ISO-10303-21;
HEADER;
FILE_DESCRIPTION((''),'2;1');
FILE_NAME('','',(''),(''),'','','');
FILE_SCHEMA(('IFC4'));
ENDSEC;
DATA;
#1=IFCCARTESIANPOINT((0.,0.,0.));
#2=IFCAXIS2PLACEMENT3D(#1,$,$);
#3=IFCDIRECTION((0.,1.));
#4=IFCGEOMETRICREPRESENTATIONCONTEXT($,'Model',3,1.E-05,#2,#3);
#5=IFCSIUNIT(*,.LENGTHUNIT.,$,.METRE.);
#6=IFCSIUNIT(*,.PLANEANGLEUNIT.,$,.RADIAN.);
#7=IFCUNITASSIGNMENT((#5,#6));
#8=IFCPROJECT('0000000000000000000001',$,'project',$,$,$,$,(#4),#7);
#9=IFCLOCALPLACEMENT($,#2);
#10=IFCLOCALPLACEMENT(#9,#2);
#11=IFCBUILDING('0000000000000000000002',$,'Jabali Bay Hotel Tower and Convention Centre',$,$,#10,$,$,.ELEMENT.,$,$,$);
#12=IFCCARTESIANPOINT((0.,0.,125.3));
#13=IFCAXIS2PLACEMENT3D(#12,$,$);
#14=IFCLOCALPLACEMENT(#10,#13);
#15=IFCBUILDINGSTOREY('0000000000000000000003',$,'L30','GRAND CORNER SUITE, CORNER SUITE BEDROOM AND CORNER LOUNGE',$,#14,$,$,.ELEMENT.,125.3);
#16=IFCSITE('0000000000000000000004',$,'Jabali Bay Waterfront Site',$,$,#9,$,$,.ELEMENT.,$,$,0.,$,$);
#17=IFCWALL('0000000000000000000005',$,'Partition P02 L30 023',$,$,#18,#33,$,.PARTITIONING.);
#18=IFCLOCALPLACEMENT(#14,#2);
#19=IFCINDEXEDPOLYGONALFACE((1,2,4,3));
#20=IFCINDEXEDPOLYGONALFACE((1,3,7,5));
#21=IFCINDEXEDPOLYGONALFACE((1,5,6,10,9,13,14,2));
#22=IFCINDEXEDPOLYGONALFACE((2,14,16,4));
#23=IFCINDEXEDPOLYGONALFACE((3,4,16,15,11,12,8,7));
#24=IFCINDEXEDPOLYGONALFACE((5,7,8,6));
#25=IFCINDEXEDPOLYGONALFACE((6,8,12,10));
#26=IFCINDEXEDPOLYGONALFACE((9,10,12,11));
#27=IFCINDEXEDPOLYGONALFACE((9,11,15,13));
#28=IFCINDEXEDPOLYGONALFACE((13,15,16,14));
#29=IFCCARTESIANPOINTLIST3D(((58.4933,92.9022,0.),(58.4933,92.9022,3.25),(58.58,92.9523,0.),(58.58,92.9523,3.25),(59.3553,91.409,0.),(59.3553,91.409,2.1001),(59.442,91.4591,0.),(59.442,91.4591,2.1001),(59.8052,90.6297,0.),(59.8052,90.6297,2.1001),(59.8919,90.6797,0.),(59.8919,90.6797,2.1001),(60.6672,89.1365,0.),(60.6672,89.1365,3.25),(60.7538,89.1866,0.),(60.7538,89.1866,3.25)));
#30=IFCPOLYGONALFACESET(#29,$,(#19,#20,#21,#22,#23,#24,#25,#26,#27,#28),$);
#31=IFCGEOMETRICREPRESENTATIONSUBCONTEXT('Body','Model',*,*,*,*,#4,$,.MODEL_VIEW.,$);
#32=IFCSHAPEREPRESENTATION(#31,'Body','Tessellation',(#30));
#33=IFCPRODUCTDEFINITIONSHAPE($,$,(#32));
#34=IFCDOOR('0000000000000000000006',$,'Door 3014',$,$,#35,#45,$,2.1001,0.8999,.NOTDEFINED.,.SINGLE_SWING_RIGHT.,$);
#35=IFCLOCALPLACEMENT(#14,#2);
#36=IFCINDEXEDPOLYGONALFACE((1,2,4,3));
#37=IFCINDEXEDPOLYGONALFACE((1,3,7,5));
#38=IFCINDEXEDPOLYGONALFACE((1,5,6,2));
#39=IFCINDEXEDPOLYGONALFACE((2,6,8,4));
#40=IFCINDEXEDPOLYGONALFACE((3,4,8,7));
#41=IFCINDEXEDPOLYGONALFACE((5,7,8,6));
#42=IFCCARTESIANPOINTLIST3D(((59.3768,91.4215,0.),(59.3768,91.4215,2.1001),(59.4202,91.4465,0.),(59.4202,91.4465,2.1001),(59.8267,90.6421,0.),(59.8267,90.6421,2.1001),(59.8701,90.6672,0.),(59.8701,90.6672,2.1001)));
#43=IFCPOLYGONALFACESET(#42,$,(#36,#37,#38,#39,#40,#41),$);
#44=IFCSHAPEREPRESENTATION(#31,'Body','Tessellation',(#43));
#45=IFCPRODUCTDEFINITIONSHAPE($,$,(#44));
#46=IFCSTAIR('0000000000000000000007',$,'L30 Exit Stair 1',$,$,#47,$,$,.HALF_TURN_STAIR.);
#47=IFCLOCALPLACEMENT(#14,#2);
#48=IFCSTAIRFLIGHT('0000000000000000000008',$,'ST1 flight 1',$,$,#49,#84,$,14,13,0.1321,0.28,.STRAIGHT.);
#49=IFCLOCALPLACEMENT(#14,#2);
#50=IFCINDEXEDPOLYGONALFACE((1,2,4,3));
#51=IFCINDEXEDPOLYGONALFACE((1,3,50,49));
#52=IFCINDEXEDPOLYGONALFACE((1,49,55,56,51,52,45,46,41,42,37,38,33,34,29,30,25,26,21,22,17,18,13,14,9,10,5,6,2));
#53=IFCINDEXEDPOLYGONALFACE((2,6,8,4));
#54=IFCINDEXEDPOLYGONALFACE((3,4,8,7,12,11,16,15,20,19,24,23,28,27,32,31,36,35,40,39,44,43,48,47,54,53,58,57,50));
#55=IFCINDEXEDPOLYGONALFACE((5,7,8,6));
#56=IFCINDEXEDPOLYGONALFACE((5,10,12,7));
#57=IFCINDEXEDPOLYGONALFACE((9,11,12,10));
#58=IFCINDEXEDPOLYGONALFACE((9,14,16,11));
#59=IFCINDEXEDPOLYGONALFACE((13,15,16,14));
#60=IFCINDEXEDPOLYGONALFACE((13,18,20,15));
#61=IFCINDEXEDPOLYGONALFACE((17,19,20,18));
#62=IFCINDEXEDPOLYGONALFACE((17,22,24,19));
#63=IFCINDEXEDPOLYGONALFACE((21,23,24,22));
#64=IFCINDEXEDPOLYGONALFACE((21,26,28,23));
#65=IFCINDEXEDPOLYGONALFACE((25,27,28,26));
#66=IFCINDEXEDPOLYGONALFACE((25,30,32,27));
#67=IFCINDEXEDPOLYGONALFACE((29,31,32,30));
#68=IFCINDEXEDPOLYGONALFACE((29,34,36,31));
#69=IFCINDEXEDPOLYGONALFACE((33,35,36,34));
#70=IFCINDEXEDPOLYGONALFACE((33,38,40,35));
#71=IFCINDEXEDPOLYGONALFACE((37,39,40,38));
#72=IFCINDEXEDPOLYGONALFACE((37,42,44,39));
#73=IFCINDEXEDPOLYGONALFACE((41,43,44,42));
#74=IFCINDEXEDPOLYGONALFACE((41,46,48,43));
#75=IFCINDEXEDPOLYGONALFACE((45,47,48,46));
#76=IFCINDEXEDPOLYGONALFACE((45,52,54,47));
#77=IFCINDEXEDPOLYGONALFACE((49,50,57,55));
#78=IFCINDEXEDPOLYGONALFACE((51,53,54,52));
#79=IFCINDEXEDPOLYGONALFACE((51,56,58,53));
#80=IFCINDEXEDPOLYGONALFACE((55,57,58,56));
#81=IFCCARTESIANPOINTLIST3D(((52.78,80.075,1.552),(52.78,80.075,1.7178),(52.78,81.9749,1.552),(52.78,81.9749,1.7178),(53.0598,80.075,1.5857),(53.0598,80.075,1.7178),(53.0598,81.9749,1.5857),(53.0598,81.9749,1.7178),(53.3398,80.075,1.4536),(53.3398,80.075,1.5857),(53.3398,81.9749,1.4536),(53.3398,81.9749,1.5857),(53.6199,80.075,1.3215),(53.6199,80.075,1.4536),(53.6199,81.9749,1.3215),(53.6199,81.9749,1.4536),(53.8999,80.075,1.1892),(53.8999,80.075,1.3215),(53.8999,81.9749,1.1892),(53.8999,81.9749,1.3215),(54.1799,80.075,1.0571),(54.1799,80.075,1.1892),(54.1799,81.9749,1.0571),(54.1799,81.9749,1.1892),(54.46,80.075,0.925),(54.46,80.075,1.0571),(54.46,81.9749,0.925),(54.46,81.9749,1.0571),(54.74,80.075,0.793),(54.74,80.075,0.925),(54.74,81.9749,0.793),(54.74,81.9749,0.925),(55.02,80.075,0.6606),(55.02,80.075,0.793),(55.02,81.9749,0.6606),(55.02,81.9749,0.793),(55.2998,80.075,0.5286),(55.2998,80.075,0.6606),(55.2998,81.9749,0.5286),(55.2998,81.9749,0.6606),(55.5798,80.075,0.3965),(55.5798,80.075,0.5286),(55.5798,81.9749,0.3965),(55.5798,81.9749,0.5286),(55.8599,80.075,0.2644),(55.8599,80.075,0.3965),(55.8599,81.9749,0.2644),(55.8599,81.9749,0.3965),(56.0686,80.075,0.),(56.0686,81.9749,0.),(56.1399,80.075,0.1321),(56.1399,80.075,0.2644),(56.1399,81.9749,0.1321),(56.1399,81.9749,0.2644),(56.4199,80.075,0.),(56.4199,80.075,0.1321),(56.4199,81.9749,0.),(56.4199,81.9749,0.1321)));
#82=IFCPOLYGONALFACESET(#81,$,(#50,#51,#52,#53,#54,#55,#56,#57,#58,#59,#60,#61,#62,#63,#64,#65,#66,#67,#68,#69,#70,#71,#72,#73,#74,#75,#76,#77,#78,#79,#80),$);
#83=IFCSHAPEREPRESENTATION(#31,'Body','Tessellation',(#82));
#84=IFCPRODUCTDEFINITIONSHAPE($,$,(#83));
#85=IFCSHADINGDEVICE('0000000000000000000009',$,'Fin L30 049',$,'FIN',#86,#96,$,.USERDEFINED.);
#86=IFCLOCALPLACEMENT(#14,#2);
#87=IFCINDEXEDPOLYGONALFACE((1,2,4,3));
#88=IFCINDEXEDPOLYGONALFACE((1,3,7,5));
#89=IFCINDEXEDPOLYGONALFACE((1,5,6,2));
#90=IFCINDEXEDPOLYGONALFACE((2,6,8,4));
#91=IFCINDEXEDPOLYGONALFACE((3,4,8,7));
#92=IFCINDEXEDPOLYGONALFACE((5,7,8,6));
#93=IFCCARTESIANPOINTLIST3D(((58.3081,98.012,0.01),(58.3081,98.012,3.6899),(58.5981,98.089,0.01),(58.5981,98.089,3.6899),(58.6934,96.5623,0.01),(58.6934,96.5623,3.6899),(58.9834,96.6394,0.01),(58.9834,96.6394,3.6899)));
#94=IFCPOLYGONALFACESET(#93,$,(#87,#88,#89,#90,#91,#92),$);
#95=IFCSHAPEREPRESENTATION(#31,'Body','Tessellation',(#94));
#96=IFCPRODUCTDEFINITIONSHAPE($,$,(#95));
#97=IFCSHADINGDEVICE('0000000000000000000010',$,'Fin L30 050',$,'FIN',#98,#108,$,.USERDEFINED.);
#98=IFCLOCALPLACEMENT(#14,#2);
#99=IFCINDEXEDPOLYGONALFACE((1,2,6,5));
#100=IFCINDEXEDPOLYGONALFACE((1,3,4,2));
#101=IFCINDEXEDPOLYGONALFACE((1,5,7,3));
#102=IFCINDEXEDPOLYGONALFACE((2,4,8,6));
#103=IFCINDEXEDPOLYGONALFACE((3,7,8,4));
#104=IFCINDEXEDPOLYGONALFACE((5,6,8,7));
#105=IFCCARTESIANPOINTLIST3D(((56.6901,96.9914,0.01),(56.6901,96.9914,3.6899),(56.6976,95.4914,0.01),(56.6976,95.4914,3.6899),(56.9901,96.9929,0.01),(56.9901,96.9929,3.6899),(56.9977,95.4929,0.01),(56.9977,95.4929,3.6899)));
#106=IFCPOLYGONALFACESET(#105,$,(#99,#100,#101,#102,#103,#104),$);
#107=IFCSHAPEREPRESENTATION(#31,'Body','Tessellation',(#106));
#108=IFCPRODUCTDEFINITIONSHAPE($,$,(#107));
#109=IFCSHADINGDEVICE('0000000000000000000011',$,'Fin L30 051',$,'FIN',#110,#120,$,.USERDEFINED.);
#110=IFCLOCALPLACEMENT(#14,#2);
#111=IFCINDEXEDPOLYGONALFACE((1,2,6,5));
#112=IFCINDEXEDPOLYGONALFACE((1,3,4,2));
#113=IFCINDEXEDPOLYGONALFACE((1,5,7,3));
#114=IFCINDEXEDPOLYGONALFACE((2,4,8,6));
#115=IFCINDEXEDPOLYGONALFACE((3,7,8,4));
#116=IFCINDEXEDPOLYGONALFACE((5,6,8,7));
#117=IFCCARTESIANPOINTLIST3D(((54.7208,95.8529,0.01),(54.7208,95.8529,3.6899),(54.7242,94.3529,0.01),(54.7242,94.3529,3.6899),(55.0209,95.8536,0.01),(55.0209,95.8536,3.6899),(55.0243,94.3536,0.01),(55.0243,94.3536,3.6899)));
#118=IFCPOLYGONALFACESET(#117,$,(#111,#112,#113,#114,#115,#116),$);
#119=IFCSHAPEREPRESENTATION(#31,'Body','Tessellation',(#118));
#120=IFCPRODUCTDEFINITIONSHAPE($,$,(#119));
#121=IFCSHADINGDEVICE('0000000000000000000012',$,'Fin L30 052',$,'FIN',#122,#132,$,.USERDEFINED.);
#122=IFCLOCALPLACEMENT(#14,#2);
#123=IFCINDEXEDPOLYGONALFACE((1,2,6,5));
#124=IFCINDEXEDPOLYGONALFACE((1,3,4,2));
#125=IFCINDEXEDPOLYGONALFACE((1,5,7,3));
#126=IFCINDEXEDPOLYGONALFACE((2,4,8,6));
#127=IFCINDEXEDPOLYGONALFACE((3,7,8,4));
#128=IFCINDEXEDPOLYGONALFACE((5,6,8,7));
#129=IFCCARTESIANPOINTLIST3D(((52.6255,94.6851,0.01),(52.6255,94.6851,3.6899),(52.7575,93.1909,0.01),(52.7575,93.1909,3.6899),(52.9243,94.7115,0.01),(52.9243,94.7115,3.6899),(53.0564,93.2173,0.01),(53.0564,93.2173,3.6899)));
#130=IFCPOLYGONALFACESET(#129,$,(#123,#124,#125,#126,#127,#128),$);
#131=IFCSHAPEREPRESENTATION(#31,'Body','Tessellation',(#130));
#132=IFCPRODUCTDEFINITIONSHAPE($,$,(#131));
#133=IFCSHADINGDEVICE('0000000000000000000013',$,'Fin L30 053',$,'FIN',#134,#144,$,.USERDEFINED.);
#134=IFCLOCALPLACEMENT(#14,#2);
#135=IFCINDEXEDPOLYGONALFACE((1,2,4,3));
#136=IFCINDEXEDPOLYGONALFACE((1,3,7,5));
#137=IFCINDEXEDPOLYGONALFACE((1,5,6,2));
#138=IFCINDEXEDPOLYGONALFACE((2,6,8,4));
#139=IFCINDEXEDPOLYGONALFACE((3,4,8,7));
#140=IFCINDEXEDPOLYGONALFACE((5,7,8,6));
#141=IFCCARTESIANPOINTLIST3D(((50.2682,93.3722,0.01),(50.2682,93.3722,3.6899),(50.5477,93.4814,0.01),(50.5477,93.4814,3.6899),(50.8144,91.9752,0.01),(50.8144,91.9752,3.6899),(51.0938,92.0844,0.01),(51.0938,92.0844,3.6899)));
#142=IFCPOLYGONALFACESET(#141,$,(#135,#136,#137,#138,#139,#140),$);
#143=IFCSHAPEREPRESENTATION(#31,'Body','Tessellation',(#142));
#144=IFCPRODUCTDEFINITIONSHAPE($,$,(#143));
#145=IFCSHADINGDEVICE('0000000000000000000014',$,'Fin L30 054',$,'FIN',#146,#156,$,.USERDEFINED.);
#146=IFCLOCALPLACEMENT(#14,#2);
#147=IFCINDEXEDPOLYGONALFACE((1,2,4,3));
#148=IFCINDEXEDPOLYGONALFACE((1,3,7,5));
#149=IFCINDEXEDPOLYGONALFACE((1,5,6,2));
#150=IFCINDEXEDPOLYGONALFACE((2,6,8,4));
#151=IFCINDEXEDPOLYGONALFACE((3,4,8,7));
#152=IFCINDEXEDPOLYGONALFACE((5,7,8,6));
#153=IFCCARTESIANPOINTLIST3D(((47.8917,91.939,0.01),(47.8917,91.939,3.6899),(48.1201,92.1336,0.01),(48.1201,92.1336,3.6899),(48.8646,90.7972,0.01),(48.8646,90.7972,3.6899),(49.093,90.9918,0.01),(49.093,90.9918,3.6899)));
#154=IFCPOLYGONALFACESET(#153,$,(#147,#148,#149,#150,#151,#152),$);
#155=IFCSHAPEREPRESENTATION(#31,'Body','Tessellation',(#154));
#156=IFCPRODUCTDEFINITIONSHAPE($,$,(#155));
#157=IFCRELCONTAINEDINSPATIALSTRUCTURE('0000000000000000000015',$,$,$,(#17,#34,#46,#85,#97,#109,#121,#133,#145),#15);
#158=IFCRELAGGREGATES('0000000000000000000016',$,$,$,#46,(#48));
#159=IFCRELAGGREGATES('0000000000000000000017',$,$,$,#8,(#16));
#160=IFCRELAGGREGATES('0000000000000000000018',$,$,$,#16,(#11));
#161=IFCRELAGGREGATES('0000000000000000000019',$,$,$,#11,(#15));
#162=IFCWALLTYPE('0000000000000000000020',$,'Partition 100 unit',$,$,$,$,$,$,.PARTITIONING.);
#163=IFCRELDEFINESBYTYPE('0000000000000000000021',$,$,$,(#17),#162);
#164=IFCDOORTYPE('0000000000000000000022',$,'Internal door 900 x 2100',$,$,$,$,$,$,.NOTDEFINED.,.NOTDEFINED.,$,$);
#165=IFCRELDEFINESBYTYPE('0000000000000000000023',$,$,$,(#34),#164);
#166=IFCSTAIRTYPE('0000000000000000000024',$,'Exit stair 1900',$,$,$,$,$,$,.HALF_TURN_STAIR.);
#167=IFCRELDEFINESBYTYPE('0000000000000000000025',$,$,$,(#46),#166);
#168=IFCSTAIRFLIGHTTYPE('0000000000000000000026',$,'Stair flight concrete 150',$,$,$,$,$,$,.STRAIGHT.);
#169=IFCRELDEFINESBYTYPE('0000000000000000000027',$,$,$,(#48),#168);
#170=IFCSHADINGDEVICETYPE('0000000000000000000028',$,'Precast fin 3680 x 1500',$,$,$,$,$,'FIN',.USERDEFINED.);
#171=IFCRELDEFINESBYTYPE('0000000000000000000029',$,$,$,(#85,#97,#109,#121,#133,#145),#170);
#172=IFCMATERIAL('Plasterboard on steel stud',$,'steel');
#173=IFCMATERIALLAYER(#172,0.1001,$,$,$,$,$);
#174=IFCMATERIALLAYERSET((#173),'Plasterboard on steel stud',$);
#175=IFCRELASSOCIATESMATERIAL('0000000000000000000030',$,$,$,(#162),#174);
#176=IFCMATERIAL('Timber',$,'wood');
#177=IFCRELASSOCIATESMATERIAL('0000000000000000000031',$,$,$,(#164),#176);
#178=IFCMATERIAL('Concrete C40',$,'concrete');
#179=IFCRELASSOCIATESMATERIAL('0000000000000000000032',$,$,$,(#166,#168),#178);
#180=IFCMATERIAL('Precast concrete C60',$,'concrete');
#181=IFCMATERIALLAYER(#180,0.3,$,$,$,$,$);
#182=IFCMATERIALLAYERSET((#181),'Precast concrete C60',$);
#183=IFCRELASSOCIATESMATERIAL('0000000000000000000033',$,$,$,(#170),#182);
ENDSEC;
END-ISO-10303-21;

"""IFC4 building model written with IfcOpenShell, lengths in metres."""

from ifc_helpers import new_model, si_unit, direction, frame, frame_2d, origin, place, context, subcontext, project, spatial, polyline, rectangle, outline, extrude, material, layer, layer_set, type_object, element, fill, aggregate, save


model = new_model("IFC4")

# Units and contexts
model_context = context("Model", 3, precision=1e-05, world=origin(), true_north=direction((0.0, 1.0)))
body_context = subcontext(model_context, "Body", "Model", "MODEL_VIEW")
ifc_project = project(units=[si_unit("LENGTHUNIT", "METRE"), si_unit("PLANEANGLEUNIT", "RADIAN")], contexts=[model_context])

# Site, building, storey
site_placement = place(None, origin())
site = spatial("IfcSite", under=ifc_project, at=site_placement, Name="Jabali Bay Waterfront Site", CompositionType="ELEMENT", RefElevation=0.0)
building_placement = place(site_placement, origin())
building = spatial("IfcBuilding", under=site, at=building_placement, Name="Jabali Bay Hotel Tower and Convention Centre", CompositionType="ELEMENT")
storey_placement = place(building_placement, frame((0.0, 0.0, 125.3)))
storey = spatial("IfcBuildingStorey", under=building, at=storey_placement, Name="L30", Description="GRAND CORNER SUITE, CORNER SUITE BEDROOM AND CORNER LOUNGE", CompositionType="ELEMENT", Elevation=125.3)

# Shared definitions
ifc_material_1 = material(Name="Concrete C40", Category="concrete")

# Wall, opening, door
ifc_material_2 = material(Name="Plasterboard on steel stud", Category="steel")
ifc_layer_1 = layer(ifc_material_2, 0.1001)
ifc_layer_set_1 = layer_set([ifc_layer_1], Name="Plasterboard on steel stud")
wall_type_1 = type_object("IfcWallType", Name="Partition 100 unit", PredefinedType="PARTITIONING", material=ifc_layer_set_1)
wall_1_placement = place(storey_placement, frame((58.5366, 92.9272, 0.0), z_axis=(0.0, 0.0, 1.0), x_axis=(0.499956, -0.866051, 0.0)))
wall_1 = element("IfcWall", 1, at=wall_1_placement, inside=storey, type_object=wall_type_1, Name="Partition P02 L30 023", PredefinedType="PARTITIONING", context=body_context, shape_type="SweptSolid", body=[
    extrude(rectangle(XDim=4.3481, YDim=0.1001, at=frame_2d((2.1741, 0.0))), origin(), (0.0, 0.0, 1.0), 3.25),
])
opening_1_placement = place(wall_1_placement, frame((1.7241, 0.0, 0.0)))
opening_1 = element("IfcOpeningElement", 2, at=opening_1_placement, cuts=wall_1, PredefinedType="OPENING", context=body_context, shape_type="SweptSolid", body=[
    extrude(rectangle(XDim=0.8999, YDim=2.1001, at=frame_2d((0.45, 1.05))), frame((0.0, 0.0605, 0.0), z_axis=(0.0, -1.0, 0.0), x_axis=(1.0, 0.0, 0.0)), (0.0, 0.0, 1.0), 0.1211),
])
ifc_material_3 = material(Name="Timber", Category="wood")
door_type_1 = type_object("IfcDoorType", Name="Internal door 900 x 2100", OperationType="NOTDEFINED", PredefinedType="NOTDEFINED", material=ifc_material_3)
door_1_placement = place(opening_1_placement, origin())
door_1 = element("IfcDoor", 3, at=door_1_placement, inside=storey, type_object=door_type_1, Name="Door 3014", OperationType="SINGLE_SWING_RIGHT", OverallHeight=2.1001, OverallWidth=0.8999, PredefinedType="NOTDEFINED", context=body_context, shape_type="SweptSolid", body=[
    extrude(rectangle(XDim=0.8999, YDim=2.1001, at=frame_2d((0.45, 1.05))), frame((0.0, 0.0249, 0.0), z_axis=(0.0, -1.0, 0.0), x_axis=(1.0, 0.0, 0.0)), (0.0, 0.0, 1.0), 0.05),
])
fill(opening_1, door_1)

# Stair, stair flight
stair_type = type_object("IfcStairType", Name="Exit stair 1900", PredefinedType="HALF_TURN_STAIR", material=ifc_material_1)
stair_placement = place(storey_placement, origin())
stair = element("IfcStair", 4, at=stair_placement, inside=storey, type_object=stair_type, Name="L30 Exit Stair 1", PredefinedType="HALF_TURN_STAIR")
stair_flight_type = type_object("IfcStairFlightType", Name="Stair flight concrete 150", PredefinedType="STRAIGHT", material=ifc_material_1)
stair_flight_placement = place(storey_placement, frame((56.4199, 81.0249, 0.0), z_axis=(0.0, 0.0, 1.0), x_axis=(-1.0, 0.0, 0.0)))
stair_flight = element("IfcStairFlight", 5, at=stair_flight_placement, type_object=stair_flight_type, Name="ST1 flight 1", NumberOfRisers=14, NumberOfTreads=13, PredefinedType="STRAIGHT", RiserHeight=0.1321, TreadLength=0.28, context=body_context, shape_type="SweptSolid", body=[
    extrude(outline(polyline([(0.0, 0.0), (0.0, 0.1321), (0.28, 0.1321), (0.28, 0.2644), (0.5601, 0.2644), (0.5601, 0.3965), (0.8401, 0.3965), (0.8401, 0.5286), (1.1201, 0.5286), (1.1201, 0.6606), (1.3999, 0.6606), (1.3999, 0.793), (1.6799, 0.793), (1.6799, 0.925), (1.96, 0.925), (1.96, 1.0571), (2.24, 1.0571), (2.24, 1.1892), (2.52, 1.1892), (2.52, 1.3215), (2.8, 1.3215), (2.8, 1.4536), (3.0801, 1.4536), (3.0801, 1.5857), (3.3601, 1.5857), (3.3601, 1.7178), (3.6399, 1.7178), (3.6399, 1.8501), (3.6399, 1.552), (0.3513, 0.0), (0.0, 0.0)])), frame((0.0, 0.95, 0.0), z_axis=(0.0, -1.0, 0.0), x_axis=(1.0, 0.0, 0.0)), (0.0, 0.0, 1.0), 1.8999),
])
aggregate(stair, [stair_flight])

# Shading devices
ifc_material_4 = material(Name="Precast concrete C60", Category="concrete")
ifc_layer_2 = layer(ifc_material_4, 0.3)
ifc_layer_set_2 = layer_set([ifc_layer_2], Name="Precast concrete C60")
shading_device_type = type_object("IfcShadingDeviceType", Name="Precast fin 3680 x 1500", ElementType="FIN", PredefinedType="USERDEFINED", material=ifc_layer_set_2)
for number, where, z_axis, x_axis, name in (
    (6, (58.8384, 96.6008, 0.01), (0.0, 0.0, 1.0), (-0.256832, 0.966456, 0.0), "Fin L30 049"),
    (7, (56.8477, 95.4922, 0.01), (0.0, 0.0, 1.0), (-0.005046, 0.999987, 0.0), "Fin L30 050"),
    (8, (54.8743, 94.3533, 0.01), (0.0, 0.0, 1.0), (-0.002279, 0.999997, 0.0), "Fin L30 051"),
    (9, (52.907, 93.2041, 0.01), (0.0, 0.0, 1.0), (-0.088055, 0.996116, 0.0), "Fin L30 052"),
    (10, (50.9541, 92.0298, 0.01), (0.0, 0.0, 1.0), (-0.364111, 0.931356, 0.0), "Fin L30 053"),
    (11, (48.9788, 90.8945, 0.01), (0.0, 0.0, 1.0), (-0.64855, 0.761172, 0.0), "Fin L30 054"),
):
    element("IfcShadingDevice", number, at=place(storey_placement, frame(where, z_axis=z_axis, x_axis=x_axis)), inside=storey, type_object=shading_device_type, Name=name, ObjectType="FIN", PredefinedType="USERDEFINED", context=body_context, shape_type="SweptSolid", body=[
        extrude(rectangle(XDim=1.5, YDim=0.3, at=frame_2d((0.75, 0.0))), origin(), (0.0, 0.0, 1.0), 3.6799),
    ])

save(model, "model.ifc")
